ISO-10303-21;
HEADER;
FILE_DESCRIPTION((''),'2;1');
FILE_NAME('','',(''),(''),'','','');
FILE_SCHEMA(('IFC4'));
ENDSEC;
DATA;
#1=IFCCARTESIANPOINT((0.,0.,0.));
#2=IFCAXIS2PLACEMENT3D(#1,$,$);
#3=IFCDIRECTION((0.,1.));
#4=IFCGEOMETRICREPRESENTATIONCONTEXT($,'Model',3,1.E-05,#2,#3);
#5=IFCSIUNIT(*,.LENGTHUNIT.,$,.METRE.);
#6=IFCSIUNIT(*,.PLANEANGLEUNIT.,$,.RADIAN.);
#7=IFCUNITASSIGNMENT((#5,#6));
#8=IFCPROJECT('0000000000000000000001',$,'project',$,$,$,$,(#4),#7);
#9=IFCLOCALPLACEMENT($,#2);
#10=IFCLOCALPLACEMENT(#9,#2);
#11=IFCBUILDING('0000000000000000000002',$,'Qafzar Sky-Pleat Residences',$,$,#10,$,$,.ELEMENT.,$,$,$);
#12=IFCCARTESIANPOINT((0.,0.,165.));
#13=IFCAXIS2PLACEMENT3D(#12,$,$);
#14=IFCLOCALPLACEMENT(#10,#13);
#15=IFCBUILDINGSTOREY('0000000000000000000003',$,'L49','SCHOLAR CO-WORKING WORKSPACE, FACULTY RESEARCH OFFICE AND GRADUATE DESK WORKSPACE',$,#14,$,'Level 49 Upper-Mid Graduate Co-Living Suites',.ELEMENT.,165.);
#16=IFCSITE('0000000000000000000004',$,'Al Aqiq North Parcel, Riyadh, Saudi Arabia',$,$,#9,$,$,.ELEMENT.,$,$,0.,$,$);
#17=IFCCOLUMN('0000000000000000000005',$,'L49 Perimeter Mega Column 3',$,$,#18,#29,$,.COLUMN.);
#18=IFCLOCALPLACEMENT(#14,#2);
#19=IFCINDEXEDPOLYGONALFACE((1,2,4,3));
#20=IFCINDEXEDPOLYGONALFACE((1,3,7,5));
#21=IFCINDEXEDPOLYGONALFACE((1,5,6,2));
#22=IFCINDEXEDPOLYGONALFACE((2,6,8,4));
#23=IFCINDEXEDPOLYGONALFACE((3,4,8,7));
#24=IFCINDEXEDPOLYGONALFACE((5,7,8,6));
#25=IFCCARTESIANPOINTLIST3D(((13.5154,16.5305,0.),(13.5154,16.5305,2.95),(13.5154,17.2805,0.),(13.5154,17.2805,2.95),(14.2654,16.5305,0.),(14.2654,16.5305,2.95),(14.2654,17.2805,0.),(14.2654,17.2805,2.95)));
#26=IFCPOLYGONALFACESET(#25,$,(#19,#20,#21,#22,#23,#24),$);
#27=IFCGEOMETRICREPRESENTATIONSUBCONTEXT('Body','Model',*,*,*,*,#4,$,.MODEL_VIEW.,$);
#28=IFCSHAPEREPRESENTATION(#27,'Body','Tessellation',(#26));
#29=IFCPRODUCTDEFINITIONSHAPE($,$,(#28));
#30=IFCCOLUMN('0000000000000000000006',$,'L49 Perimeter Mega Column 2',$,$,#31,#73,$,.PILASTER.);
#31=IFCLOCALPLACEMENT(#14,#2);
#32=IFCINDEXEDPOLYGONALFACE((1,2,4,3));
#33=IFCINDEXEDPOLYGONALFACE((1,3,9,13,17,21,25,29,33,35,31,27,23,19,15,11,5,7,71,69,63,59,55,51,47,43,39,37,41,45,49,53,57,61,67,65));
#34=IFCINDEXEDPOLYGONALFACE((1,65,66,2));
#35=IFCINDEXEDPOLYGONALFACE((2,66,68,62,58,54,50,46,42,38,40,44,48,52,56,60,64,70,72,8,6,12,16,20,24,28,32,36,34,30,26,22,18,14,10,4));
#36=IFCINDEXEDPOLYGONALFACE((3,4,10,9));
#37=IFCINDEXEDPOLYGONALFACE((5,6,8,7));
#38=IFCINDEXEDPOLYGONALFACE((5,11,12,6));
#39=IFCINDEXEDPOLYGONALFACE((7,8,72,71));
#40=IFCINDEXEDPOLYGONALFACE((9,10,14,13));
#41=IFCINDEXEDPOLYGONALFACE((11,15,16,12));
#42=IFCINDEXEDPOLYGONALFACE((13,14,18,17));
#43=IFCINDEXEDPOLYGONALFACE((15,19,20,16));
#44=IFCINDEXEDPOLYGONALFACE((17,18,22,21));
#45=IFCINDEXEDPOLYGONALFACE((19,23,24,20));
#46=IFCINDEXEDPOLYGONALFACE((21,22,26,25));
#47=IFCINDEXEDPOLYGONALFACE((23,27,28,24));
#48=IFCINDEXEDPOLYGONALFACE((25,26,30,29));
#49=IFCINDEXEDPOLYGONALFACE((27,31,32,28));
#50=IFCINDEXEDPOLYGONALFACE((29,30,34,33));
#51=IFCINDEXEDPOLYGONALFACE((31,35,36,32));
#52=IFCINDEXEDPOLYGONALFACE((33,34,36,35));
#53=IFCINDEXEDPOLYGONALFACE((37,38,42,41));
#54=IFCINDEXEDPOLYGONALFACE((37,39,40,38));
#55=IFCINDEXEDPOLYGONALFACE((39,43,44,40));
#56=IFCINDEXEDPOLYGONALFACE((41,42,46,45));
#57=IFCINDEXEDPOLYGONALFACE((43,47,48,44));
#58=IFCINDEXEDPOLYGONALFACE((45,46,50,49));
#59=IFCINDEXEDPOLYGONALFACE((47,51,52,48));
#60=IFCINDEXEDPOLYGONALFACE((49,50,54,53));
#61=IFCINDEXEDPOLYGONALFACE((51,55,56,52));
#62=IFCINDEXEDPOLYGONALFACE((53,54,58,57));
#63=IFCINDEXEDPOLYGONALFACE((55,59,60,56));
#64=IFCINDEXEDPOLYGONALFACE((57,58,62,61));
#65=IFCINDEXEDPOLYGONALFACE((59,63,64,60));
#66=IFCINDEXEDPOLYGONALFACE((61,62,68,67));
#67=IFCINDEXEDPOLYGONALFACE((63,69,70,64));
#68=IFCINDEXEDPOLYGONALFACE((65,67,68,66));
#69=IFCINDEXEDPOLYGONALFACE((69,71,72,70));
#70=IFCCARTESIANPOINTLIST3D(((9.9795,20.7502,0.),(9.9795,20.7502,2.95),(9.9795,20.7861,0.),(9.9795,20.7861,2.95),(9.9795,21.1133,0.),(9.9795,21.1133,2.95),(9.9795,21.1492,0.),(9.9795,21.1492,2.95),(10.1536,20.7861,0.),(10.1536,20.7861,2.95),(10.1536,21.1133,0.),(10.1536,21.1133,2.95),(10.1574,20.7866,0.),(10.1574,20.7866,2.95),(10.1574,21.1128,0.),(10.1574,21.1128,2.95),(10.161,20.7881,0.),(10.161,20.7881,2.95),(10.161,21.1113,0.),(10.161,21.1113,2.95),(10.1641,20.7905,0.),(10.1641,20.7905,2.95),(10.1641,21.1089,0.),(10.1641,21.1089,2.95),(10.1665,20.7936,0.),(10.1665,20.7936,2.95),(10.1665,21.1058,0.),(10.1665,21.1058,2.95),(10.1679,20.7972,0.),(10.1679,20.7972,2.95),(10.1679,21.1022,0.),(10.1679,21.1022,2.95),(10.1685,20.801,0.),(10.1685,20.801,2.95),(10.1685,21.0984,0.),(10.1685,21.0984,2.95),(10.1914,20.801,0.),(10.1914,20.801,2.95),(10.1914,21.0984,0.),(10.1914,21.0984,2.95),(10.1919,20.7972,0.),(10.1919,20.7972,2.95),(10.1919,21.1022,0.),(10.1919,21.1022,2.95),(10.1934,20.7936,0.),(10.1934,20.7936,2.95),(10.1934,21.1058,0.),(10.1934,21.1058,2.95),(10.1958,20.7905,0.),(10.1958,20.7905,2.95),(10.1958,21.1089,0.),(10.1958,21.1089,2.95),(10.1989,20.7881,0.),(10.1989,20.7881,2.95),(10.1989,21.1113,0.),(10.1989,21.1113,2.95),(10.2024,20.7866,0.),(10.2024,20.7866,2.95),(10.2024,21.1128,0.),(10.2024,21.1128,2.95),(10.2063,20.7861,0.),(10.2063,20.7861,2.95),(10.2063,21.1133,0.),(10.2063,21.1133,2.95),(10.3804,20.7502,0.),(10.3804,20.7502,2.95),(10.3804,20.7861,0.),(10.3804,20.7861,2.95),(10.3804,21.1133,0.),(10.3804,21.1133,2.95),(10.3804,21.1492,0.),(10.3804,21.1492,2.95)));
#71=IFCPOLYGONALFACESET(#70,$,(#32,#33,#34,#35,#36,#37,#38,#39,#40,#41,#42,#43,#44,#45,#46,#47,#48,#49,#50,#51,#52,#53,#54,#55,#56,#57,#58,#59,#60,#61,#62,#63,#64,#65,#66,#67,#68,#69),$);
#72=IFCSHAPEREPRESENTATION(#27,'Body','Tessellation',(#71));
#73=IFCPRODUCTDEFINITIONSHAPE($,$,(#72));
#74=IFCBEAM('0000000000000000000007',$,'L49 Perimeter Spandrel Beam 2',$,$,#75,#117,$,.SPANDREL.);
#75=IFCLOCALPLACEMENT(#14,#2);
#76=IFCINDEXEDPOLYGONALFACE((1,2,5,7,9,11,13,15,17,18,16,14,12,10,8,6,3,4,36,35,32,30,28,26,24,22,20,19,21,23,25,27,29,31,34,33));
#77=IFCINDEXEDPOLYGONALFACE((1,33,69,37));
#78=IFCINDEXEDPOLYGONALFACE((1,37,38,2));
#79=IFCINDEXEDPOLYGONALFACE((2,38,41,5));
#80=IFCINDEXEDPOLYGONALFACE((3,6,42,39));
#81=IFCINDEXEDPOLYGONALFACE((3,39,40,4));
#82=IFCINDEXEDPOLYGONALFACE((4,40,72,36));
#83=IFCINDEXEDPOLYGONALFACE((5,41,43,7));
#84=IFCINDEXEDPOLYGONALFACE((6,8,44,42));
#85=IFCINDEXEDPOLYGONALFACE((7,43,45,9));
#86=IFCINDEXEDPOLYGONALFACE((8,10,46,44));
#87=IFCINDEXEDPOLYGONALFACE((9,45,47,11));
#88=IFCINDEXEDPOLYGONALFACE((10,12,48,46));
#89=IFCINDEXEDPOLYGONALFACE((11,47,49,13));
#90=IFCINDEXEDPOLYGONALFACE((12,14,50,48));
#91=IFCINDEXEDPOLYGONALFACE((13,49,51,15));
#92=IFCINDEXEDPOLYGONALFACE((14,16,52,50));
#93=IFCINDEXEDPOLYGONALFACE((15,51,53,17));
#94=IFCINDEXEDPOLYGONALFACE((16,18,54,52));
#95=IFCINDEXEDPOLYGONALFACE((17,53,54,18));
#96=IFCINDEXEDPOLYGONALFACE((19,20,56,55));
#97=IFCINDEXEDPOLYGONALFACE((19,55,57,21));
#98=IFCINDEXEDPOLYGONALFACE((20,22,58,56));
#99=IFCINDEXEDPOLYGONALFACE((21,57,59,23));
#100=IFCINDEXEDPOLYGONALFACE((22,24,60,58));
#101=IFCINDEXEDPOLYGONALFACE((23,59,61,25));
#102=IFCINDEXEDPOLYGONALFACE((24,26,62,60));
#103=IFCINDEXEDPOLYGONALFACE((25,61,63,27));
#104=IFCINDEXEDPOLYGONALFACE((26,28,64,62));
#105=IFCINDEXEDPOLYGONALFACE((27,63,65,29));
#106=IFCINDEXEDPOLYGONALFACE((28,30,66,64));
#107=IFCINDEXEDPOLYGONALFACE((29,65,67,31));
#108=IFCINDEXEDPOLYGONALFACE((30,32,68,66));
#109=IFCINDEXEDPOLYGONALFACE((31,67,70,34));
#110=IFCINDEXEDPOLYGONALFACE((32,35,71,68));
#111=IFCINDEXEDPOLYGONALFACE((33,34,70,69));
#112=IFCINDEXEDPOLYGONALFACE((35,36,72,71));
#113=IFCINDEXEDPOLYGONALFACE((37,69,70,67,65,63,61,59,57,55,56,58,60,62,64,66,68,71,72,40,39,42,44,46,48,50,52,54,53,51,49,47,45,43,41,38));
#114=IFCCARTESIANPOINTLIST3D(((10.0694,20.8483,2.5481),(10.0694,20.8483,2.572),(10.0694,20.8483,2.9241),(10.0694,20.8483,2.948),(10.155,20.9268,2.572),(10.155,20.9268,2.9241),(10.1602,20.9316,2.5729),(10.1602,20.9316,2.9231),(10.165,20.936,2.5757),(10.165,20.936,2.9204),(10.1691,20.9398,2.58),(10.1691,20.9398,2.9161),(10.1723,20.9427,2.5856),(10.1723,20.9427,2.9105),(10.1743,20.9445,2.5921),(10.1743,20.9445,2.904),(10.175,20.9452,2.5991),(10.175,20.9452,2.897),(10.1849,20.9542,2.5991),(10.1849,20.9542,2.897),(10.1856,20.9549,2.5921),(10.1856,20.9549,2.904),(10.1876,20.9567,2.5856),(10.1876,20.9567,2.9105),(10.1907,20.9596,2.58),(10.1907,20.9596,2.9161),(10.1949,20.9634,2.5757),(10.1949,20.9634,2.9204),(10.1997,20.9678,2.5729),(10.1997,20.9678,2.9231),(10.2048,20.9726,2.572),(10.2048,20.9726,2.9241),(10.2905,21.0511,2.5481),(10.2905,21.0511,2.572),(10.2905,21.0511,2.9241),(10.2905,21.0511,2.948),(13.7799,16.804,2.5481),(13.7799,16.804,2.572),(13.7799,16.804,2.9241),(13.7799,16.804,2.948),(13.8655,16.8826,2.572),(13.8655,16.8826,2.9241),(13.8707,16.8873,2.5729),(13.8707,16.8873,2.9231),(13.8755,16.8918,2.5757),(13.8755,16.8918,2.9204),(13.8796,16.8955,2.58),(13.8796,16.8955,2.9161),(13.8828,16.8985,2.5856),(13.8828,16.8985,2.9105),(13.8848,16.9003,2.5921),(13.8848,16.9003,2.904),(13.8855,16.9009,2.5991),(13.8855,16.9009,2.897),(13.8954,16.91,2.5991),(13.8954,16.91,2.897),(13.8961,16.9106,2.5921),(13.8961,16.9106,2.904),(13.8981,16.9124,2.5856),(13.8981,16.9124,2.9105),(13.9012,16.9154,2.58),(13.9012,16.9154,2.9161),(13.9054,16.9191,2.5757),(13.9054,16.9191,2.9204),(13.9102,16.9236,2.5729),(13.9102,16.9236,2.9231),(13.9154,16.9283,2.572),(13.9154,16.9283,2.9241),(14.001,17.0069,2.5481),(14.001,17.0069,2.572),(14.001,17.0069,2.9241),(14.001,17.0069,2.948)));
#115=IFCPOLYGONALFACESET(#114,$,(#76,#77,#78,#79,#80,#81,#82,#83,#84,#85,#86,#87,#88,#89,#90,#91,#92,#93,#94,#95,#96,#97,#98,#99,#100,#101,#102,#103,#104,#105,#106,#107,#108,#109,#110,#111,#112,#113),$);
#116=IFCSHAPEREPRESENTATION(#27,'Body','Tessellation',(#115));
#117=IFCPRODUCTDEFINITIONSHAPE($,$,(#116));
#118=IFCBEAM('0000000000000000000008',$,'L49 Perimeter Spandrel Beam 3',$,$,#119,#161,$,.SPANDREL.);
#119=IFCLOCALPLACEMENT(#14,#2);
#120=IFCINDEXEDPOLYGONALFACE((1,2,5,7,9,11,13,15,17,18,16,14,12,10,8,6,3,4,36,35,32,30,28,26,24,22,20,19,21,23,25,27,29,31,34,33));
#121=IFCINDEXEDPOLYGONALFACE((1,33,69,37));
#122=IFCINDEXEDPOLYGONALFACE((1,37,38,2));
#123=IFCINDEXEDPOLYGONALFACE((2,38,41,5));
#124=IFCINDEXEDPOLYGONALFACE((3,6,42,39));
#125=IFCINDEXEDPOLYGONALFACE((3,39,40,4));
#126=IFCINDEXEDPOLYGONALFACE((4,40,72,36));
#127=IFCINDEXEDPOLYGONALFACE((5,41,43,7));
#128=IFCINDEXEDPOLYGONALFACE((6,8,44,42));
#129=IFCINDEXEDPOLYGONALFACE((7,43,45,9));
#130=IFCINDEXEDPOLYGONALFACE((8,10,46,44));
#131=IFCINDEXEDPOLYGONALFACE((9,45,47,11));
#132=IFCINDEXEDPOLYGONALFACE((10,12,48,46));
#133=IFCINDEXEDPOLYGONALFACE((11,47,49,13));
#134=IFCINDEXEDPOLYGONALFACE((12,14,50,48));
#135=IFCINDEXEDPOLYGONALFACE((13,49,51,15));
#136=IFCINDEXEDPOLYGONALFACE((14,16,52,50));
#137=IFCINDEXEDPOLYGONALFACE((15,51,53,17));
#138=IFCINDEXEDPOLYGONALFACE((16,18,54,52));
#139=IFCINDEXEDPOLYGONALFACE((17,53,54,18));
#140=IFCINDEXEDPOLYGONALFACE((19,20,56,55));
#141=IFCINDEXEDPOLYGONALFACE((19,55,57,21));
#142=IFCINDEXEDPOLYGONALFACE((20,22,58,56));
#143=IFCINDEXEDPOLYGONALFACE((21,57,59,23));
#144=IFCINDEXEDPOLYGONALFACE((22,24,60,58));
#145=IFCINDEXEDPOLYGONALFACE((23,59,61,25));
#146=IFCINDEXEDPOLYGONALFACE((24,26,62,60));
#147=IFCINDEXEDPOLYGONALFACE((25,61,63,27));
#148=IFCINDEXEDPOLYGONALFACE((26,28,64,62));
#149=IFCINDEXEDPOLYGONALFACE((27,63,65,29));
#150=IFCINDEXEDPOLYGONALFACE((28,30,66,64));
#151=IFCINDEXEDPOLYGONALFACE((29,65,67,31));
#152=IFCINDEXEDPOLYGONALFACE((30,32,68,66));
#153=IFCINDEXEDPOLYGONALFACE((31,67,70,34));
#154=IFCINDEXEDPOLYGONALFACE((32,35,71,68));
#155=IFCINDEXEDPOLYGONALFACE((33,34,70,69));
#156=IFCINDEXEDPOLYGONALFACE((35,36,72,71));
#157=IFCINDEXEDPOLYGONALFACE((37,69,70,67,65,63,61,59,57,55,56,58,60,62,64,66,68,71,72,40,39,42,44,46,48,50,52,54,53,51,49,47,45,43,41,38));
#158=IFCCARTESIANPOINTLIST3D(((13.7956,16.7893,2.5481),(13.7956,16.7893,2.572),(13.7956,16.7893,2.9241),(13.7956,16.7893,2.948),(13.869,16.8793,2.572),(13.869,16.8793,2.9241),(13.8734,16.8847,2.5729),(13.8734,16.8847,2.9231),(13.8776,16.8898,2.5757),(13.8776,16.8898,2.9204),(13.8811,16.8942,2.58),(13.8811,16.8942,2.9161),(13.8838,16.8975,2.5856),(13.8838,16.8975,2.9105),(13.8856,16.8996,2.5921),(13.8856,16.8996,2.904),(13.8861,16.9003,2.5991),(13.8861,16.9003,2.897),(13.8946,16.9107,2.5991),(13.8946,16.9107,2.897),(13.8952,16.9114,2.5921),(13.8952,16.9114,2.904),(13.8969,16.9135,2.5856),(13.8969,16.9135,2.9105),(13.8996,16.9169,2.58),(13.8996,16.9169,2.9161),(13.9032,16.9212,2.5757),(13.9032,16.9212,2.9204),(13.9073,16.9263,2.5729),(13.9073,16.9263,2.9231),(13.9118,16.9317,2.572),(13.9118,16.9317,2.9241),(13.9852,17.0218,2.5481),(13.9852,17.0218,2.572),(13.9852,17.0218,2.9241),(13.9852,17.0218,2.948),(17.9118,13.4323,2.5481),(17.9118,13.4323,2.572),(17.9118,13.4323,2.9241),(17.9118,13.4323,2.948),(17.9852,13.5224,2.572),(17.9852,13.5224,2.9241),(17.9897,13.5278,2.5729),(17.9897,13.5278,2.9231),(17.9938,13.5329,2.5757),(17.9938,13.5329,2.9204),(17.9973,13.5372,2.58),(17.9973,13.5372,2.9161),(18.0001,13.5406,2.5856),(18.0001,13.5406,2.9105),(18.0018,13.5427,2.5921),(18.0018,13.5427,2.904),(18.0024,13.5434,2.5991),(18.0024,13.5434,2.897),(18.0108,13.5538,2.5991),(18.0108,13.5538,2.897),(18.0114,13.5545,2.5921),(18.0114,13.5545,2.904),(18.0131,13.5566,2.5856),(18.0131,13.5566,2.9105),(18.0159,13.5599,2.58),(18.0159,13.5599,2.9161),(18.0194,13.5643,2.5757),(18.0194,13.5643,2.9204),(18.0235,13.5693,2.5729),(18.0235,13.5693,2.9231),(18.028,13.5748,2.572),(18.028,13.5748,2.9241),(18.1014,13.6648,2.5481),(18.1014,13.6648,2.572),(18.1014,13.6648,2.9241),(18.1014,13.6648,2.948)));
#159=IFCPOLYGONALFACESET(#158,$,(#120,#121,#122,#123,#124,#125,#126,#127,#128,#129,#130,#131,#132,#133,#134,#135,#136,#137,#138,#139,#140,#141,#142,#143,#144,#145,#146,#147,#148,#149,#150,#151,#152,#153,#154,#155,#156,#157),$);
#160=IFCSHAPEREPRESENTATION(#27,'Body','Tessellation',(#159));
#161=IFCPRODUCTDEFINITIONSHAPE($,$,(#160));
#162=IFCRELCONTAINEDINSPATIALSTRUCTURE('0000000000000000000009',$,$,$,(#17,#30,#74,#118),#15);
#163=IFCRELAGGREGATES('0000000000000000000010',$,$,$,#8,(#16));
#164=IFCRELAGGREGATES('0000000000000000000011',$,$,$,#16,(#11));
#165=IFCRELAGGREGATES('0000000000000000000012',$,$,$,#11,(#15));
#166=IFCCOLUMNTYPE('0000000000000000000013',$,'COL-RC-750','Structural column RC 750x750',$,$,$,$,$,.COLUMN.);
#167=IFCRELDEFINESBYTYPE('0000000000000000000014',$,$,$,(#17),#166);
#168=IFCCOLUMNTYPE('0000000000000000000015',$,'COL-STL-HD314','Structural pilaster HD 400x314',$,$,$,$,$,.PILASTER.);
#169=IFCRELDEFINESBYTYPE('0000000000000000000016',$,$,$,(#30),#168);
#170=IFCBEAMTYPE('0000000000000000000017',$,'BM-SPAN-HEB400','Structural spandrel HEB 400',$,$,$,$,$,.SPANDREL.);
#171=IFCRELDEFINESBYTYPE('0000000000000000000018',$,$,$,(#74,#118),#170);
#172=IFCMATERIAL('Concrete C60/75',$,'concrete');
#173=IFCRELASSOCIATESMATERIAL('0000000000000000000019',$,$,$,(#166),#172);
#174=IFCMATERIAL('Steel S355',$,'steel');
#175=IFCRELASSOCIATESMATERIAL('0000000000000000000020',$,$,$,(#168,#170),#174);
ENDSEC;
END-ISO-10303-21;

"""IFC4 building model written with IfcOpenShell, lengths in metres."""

from ifc_helpers import new_model, si_unit, direction, frame, origin, origin_2d, place, context, subcontext, project, spatial, rectangle, i_section, extrude, source, transform, mapped, material, material_profile, profile_set, type_object, element, save


model = new_model("IFC4")

# Units and contexts
model_context = context("Model", 3, precision=1e-05, world=origin(), true_north=direction((0.0, 1.0)))
body_context = subcontext(model_context, "Body", "Model", "MODEL_VIEW")
ifc_project = project(units=[si_unit("LENGTHUNIT", "METRE"), si_unit("PLANEANGLEUNIT", "RADIAN")], contexts=[model_context])

# Site, building, storey
site_placement = place(None, origin())
site = spatial("IfcSite", under=ifc_project, at=site_placement, Name="Al Aqiq North Parcel, Riyadh, Saudi Arabia", CompositionType="ELEMENT", RefElevation=0.0)
building_placement = place(site_placement, origin())
building = spatial("IfcBuilding", under=site, at=building_placement, Name="Qafzar Sky-Pleat Residences", CompositionType="ELEMENT")
storey_placement = place(building_placement, frame((0.0, 0.0, 165.0)))
storey = spatial("IfcBuildingStorey", under=building, at=storey_placement, Name="L49", Description="SCHOLAR CO-WORKING WORKSPACE, FACULTY RESEARCH OFFICE AND GRADUATE DESK WORKSPACE", LongName="Level 49 Upper-Mid Graduate Co-Living Suites", CompositionType="ELEMENT", Elevation=165.0)

# Columns
ifc_material_1 = material(Name="Concrete C60/75", Category="concrete")
ifc_material_profile_1 = material_profile(ifc_material_1, rectangle(XDim=0.75, YDim=0.75, at=origin_2d()), Name="RC 750x750")
ifc_profile_set_1 = profile_set([ifc_material_profile_1], Name="Concrete C60/75")
column_type_1 = type_object("IfcColumnType", Name="COL-RC-750", Description="Structural column RC 750x750", PredefinedType="COLUMN", material=ifc_profile_set_1)
shared_shape_1 = source(origin(), body_context, "Body", "SweptSolid", [
    extrude(rectangle(XDim=0.75, YDim=0.75, at=origin_2d()), origin(), (0.0, 0.0, 1.0), 2.95),
])
column_1_placement = place(storey_placement, frame((13.8904, 16.9055, 0.0), z_axis=(0.0, 0.0, 1.0), x_axis=(1.0, 0.0, 0.0)))
element("IfcColumn", 1, at=column_1_placement, inside=storey, type_object=column_type_1, Name="L49 Perimeter Mega Column 3", PredefinedType="COLUMN", context=body_context, shape_type="MappedRepresentation", body=[
    mapped(shared_shape_1, transform((0.0, 0.0, 0.0), x_axis=(1.0, 0.0, 0.0), y_axis=(0.0, 1.0, 0.0), z_axis=(0.0, 0.0, 1.0), scale=1.0)),
])
ifc_material_2 = material(Name="Steel S355", Category="steel")
ifc_material_profile_2 = material_profile(ifc_material_2, i_section(OverallWidth=0.4009, OverallDepth=0.3989, WebThickness=0.0229, FlangeThickness=0.0359, FilletRadius=0.0149, at=origin_2d()), Name="HD 400x314")
ifc_profile_set_2 = profile_set([ifc_material_profile_2], Name="Steel S355")
column_type_2 = type_object("IfcColumnType", Name="COL-STL-HD314", Description="Structural pilaster HD 400x314", PredefinedType="PILASTER", material=ifc_profile_set_2)
shared_shape_2 = source(origin(), body_context, "Body", "SweptSolid", [
    extrude(i_section(OverallWidth=0.4009, OverallDepth=0.3989, WebThickness=0.0229, FlangeThickness=0.0359, FilletRadius=0.0149, at=origin_2d()), origin(), (0.0, 0.0, 1.0), 2.95),
])
column_2_placement = place(storey_placement, frame((10.1799, 20.9497, 0.0), z_axis=(0.0, 0.0, 1.0), x_axis=(1.0, 0.0, 0.0)))
element("IfcColumn", 2, at=column_2_placement, inside=storey, type_object=column_type_2, Name="L49 Perimeter Mega Column 2", PredefinedType="PILASTER", context=body_context, shape_type="MappedRepresentation", body=[
    mapped(shared_shape_2, transform((0.0, 0.0, 0.0), x_axis=(1.0, 0.0, 0.0), y_axis=(0.0, 1.0, 0.0), z_axis=(0.0, 0.0, 1.0), scale=1.0)),
])

# Beams
ifc_material_profile_3 = material_profile(ifc_material_2, i_section(OverallWidth=0.3, OverallDepth=0.3999, WebThickness=0.0134, FlangeThickness=0.0239, FilletRadius=0.0271, at=origin_2d()), Name="HEB 400")
ifc_profile_set_3 = profile_set([ifc_material_profile_3], Name="Steel S355")
beam_type_1 = type_object("IfcBeamType", Name="BM-SPAN-HEB400", Description="Structural spandrel HEB 400", PredefinedType="SPANDREL", material=ifc_profile_set_3)
shared_shape_3 = source(origin(), body_context, "Body", "SweptSolid", [
    extrude(i_section(OverallWidth=0.3, OverallDepth=0.3999, WebThickness=0.0134, FlangeThickness=0.0239, FilletRadius=0.0271, at=origin_2d()), origin(), (0.0, 0.0, 1.0), 5.4885),
])
beam_1_placement = place(storey_placement, frame((10.1799, 20.9497, 2.748), z_axis=(0.676049, -0.736857, 0.0), x_axis=(0.736857, 0.676049, 0.0)))
element("IfcBeam", 3, at=beam_1_placement, inside=storey, type_object=beam_type_1, Name="L49 Perimeter Spandrel Beam 2", PredefinedType="SPANDREL", context=body_context, shape_type="MappedRepresentation", body=[
    mapped(shared_shape_3, transform((0.0, 0.0, 0.0), x_axis=(1.0, 0.0, 0.0), y_axis=(0.0, 1.0, 0.0), z_axis=(0.0, 0.0, 1.0), scale=1.0)),
])
shared_shape_4 = source(origin(), body_context, "Body", "SweptSolid", [
    extrude(i_section(OverallWidth=0.3, OverallDepth=0.3999, WebThickness=0.0134, FlangeThickness=0.0239, FilletRadius=0.0271, at=origin_2d()), origin(), (0.0, 0.0, 1.0), 5.3115),
])
beam_2_placement = place(storey_placement, frame((13.8904, 16.9055, 2.748), z_axis=(0.77496, -0.632011, 0.0), x_axis=(0.632011, 0.77496, 0.0)))
element("IfcBeam", 4, at=beam_2_placement, inside=storey, type_object=beam_type_1, Name="L49 Perimeter Spandrel Beam 3", PredefinedType="SPANDREL", context=body_context, shape_type="MappedRepresentation", body=[
    mapped(shared_shape_4, transform((0.0, 0.0, 0.0), x_axis=(1.0, 0.0, 0.0), y_axis=(0.0, 1.0, 0.0), z_axis=(0.0, 0.0, 1.0), scale=1.0)),
])

save(model, "model.ifc")
